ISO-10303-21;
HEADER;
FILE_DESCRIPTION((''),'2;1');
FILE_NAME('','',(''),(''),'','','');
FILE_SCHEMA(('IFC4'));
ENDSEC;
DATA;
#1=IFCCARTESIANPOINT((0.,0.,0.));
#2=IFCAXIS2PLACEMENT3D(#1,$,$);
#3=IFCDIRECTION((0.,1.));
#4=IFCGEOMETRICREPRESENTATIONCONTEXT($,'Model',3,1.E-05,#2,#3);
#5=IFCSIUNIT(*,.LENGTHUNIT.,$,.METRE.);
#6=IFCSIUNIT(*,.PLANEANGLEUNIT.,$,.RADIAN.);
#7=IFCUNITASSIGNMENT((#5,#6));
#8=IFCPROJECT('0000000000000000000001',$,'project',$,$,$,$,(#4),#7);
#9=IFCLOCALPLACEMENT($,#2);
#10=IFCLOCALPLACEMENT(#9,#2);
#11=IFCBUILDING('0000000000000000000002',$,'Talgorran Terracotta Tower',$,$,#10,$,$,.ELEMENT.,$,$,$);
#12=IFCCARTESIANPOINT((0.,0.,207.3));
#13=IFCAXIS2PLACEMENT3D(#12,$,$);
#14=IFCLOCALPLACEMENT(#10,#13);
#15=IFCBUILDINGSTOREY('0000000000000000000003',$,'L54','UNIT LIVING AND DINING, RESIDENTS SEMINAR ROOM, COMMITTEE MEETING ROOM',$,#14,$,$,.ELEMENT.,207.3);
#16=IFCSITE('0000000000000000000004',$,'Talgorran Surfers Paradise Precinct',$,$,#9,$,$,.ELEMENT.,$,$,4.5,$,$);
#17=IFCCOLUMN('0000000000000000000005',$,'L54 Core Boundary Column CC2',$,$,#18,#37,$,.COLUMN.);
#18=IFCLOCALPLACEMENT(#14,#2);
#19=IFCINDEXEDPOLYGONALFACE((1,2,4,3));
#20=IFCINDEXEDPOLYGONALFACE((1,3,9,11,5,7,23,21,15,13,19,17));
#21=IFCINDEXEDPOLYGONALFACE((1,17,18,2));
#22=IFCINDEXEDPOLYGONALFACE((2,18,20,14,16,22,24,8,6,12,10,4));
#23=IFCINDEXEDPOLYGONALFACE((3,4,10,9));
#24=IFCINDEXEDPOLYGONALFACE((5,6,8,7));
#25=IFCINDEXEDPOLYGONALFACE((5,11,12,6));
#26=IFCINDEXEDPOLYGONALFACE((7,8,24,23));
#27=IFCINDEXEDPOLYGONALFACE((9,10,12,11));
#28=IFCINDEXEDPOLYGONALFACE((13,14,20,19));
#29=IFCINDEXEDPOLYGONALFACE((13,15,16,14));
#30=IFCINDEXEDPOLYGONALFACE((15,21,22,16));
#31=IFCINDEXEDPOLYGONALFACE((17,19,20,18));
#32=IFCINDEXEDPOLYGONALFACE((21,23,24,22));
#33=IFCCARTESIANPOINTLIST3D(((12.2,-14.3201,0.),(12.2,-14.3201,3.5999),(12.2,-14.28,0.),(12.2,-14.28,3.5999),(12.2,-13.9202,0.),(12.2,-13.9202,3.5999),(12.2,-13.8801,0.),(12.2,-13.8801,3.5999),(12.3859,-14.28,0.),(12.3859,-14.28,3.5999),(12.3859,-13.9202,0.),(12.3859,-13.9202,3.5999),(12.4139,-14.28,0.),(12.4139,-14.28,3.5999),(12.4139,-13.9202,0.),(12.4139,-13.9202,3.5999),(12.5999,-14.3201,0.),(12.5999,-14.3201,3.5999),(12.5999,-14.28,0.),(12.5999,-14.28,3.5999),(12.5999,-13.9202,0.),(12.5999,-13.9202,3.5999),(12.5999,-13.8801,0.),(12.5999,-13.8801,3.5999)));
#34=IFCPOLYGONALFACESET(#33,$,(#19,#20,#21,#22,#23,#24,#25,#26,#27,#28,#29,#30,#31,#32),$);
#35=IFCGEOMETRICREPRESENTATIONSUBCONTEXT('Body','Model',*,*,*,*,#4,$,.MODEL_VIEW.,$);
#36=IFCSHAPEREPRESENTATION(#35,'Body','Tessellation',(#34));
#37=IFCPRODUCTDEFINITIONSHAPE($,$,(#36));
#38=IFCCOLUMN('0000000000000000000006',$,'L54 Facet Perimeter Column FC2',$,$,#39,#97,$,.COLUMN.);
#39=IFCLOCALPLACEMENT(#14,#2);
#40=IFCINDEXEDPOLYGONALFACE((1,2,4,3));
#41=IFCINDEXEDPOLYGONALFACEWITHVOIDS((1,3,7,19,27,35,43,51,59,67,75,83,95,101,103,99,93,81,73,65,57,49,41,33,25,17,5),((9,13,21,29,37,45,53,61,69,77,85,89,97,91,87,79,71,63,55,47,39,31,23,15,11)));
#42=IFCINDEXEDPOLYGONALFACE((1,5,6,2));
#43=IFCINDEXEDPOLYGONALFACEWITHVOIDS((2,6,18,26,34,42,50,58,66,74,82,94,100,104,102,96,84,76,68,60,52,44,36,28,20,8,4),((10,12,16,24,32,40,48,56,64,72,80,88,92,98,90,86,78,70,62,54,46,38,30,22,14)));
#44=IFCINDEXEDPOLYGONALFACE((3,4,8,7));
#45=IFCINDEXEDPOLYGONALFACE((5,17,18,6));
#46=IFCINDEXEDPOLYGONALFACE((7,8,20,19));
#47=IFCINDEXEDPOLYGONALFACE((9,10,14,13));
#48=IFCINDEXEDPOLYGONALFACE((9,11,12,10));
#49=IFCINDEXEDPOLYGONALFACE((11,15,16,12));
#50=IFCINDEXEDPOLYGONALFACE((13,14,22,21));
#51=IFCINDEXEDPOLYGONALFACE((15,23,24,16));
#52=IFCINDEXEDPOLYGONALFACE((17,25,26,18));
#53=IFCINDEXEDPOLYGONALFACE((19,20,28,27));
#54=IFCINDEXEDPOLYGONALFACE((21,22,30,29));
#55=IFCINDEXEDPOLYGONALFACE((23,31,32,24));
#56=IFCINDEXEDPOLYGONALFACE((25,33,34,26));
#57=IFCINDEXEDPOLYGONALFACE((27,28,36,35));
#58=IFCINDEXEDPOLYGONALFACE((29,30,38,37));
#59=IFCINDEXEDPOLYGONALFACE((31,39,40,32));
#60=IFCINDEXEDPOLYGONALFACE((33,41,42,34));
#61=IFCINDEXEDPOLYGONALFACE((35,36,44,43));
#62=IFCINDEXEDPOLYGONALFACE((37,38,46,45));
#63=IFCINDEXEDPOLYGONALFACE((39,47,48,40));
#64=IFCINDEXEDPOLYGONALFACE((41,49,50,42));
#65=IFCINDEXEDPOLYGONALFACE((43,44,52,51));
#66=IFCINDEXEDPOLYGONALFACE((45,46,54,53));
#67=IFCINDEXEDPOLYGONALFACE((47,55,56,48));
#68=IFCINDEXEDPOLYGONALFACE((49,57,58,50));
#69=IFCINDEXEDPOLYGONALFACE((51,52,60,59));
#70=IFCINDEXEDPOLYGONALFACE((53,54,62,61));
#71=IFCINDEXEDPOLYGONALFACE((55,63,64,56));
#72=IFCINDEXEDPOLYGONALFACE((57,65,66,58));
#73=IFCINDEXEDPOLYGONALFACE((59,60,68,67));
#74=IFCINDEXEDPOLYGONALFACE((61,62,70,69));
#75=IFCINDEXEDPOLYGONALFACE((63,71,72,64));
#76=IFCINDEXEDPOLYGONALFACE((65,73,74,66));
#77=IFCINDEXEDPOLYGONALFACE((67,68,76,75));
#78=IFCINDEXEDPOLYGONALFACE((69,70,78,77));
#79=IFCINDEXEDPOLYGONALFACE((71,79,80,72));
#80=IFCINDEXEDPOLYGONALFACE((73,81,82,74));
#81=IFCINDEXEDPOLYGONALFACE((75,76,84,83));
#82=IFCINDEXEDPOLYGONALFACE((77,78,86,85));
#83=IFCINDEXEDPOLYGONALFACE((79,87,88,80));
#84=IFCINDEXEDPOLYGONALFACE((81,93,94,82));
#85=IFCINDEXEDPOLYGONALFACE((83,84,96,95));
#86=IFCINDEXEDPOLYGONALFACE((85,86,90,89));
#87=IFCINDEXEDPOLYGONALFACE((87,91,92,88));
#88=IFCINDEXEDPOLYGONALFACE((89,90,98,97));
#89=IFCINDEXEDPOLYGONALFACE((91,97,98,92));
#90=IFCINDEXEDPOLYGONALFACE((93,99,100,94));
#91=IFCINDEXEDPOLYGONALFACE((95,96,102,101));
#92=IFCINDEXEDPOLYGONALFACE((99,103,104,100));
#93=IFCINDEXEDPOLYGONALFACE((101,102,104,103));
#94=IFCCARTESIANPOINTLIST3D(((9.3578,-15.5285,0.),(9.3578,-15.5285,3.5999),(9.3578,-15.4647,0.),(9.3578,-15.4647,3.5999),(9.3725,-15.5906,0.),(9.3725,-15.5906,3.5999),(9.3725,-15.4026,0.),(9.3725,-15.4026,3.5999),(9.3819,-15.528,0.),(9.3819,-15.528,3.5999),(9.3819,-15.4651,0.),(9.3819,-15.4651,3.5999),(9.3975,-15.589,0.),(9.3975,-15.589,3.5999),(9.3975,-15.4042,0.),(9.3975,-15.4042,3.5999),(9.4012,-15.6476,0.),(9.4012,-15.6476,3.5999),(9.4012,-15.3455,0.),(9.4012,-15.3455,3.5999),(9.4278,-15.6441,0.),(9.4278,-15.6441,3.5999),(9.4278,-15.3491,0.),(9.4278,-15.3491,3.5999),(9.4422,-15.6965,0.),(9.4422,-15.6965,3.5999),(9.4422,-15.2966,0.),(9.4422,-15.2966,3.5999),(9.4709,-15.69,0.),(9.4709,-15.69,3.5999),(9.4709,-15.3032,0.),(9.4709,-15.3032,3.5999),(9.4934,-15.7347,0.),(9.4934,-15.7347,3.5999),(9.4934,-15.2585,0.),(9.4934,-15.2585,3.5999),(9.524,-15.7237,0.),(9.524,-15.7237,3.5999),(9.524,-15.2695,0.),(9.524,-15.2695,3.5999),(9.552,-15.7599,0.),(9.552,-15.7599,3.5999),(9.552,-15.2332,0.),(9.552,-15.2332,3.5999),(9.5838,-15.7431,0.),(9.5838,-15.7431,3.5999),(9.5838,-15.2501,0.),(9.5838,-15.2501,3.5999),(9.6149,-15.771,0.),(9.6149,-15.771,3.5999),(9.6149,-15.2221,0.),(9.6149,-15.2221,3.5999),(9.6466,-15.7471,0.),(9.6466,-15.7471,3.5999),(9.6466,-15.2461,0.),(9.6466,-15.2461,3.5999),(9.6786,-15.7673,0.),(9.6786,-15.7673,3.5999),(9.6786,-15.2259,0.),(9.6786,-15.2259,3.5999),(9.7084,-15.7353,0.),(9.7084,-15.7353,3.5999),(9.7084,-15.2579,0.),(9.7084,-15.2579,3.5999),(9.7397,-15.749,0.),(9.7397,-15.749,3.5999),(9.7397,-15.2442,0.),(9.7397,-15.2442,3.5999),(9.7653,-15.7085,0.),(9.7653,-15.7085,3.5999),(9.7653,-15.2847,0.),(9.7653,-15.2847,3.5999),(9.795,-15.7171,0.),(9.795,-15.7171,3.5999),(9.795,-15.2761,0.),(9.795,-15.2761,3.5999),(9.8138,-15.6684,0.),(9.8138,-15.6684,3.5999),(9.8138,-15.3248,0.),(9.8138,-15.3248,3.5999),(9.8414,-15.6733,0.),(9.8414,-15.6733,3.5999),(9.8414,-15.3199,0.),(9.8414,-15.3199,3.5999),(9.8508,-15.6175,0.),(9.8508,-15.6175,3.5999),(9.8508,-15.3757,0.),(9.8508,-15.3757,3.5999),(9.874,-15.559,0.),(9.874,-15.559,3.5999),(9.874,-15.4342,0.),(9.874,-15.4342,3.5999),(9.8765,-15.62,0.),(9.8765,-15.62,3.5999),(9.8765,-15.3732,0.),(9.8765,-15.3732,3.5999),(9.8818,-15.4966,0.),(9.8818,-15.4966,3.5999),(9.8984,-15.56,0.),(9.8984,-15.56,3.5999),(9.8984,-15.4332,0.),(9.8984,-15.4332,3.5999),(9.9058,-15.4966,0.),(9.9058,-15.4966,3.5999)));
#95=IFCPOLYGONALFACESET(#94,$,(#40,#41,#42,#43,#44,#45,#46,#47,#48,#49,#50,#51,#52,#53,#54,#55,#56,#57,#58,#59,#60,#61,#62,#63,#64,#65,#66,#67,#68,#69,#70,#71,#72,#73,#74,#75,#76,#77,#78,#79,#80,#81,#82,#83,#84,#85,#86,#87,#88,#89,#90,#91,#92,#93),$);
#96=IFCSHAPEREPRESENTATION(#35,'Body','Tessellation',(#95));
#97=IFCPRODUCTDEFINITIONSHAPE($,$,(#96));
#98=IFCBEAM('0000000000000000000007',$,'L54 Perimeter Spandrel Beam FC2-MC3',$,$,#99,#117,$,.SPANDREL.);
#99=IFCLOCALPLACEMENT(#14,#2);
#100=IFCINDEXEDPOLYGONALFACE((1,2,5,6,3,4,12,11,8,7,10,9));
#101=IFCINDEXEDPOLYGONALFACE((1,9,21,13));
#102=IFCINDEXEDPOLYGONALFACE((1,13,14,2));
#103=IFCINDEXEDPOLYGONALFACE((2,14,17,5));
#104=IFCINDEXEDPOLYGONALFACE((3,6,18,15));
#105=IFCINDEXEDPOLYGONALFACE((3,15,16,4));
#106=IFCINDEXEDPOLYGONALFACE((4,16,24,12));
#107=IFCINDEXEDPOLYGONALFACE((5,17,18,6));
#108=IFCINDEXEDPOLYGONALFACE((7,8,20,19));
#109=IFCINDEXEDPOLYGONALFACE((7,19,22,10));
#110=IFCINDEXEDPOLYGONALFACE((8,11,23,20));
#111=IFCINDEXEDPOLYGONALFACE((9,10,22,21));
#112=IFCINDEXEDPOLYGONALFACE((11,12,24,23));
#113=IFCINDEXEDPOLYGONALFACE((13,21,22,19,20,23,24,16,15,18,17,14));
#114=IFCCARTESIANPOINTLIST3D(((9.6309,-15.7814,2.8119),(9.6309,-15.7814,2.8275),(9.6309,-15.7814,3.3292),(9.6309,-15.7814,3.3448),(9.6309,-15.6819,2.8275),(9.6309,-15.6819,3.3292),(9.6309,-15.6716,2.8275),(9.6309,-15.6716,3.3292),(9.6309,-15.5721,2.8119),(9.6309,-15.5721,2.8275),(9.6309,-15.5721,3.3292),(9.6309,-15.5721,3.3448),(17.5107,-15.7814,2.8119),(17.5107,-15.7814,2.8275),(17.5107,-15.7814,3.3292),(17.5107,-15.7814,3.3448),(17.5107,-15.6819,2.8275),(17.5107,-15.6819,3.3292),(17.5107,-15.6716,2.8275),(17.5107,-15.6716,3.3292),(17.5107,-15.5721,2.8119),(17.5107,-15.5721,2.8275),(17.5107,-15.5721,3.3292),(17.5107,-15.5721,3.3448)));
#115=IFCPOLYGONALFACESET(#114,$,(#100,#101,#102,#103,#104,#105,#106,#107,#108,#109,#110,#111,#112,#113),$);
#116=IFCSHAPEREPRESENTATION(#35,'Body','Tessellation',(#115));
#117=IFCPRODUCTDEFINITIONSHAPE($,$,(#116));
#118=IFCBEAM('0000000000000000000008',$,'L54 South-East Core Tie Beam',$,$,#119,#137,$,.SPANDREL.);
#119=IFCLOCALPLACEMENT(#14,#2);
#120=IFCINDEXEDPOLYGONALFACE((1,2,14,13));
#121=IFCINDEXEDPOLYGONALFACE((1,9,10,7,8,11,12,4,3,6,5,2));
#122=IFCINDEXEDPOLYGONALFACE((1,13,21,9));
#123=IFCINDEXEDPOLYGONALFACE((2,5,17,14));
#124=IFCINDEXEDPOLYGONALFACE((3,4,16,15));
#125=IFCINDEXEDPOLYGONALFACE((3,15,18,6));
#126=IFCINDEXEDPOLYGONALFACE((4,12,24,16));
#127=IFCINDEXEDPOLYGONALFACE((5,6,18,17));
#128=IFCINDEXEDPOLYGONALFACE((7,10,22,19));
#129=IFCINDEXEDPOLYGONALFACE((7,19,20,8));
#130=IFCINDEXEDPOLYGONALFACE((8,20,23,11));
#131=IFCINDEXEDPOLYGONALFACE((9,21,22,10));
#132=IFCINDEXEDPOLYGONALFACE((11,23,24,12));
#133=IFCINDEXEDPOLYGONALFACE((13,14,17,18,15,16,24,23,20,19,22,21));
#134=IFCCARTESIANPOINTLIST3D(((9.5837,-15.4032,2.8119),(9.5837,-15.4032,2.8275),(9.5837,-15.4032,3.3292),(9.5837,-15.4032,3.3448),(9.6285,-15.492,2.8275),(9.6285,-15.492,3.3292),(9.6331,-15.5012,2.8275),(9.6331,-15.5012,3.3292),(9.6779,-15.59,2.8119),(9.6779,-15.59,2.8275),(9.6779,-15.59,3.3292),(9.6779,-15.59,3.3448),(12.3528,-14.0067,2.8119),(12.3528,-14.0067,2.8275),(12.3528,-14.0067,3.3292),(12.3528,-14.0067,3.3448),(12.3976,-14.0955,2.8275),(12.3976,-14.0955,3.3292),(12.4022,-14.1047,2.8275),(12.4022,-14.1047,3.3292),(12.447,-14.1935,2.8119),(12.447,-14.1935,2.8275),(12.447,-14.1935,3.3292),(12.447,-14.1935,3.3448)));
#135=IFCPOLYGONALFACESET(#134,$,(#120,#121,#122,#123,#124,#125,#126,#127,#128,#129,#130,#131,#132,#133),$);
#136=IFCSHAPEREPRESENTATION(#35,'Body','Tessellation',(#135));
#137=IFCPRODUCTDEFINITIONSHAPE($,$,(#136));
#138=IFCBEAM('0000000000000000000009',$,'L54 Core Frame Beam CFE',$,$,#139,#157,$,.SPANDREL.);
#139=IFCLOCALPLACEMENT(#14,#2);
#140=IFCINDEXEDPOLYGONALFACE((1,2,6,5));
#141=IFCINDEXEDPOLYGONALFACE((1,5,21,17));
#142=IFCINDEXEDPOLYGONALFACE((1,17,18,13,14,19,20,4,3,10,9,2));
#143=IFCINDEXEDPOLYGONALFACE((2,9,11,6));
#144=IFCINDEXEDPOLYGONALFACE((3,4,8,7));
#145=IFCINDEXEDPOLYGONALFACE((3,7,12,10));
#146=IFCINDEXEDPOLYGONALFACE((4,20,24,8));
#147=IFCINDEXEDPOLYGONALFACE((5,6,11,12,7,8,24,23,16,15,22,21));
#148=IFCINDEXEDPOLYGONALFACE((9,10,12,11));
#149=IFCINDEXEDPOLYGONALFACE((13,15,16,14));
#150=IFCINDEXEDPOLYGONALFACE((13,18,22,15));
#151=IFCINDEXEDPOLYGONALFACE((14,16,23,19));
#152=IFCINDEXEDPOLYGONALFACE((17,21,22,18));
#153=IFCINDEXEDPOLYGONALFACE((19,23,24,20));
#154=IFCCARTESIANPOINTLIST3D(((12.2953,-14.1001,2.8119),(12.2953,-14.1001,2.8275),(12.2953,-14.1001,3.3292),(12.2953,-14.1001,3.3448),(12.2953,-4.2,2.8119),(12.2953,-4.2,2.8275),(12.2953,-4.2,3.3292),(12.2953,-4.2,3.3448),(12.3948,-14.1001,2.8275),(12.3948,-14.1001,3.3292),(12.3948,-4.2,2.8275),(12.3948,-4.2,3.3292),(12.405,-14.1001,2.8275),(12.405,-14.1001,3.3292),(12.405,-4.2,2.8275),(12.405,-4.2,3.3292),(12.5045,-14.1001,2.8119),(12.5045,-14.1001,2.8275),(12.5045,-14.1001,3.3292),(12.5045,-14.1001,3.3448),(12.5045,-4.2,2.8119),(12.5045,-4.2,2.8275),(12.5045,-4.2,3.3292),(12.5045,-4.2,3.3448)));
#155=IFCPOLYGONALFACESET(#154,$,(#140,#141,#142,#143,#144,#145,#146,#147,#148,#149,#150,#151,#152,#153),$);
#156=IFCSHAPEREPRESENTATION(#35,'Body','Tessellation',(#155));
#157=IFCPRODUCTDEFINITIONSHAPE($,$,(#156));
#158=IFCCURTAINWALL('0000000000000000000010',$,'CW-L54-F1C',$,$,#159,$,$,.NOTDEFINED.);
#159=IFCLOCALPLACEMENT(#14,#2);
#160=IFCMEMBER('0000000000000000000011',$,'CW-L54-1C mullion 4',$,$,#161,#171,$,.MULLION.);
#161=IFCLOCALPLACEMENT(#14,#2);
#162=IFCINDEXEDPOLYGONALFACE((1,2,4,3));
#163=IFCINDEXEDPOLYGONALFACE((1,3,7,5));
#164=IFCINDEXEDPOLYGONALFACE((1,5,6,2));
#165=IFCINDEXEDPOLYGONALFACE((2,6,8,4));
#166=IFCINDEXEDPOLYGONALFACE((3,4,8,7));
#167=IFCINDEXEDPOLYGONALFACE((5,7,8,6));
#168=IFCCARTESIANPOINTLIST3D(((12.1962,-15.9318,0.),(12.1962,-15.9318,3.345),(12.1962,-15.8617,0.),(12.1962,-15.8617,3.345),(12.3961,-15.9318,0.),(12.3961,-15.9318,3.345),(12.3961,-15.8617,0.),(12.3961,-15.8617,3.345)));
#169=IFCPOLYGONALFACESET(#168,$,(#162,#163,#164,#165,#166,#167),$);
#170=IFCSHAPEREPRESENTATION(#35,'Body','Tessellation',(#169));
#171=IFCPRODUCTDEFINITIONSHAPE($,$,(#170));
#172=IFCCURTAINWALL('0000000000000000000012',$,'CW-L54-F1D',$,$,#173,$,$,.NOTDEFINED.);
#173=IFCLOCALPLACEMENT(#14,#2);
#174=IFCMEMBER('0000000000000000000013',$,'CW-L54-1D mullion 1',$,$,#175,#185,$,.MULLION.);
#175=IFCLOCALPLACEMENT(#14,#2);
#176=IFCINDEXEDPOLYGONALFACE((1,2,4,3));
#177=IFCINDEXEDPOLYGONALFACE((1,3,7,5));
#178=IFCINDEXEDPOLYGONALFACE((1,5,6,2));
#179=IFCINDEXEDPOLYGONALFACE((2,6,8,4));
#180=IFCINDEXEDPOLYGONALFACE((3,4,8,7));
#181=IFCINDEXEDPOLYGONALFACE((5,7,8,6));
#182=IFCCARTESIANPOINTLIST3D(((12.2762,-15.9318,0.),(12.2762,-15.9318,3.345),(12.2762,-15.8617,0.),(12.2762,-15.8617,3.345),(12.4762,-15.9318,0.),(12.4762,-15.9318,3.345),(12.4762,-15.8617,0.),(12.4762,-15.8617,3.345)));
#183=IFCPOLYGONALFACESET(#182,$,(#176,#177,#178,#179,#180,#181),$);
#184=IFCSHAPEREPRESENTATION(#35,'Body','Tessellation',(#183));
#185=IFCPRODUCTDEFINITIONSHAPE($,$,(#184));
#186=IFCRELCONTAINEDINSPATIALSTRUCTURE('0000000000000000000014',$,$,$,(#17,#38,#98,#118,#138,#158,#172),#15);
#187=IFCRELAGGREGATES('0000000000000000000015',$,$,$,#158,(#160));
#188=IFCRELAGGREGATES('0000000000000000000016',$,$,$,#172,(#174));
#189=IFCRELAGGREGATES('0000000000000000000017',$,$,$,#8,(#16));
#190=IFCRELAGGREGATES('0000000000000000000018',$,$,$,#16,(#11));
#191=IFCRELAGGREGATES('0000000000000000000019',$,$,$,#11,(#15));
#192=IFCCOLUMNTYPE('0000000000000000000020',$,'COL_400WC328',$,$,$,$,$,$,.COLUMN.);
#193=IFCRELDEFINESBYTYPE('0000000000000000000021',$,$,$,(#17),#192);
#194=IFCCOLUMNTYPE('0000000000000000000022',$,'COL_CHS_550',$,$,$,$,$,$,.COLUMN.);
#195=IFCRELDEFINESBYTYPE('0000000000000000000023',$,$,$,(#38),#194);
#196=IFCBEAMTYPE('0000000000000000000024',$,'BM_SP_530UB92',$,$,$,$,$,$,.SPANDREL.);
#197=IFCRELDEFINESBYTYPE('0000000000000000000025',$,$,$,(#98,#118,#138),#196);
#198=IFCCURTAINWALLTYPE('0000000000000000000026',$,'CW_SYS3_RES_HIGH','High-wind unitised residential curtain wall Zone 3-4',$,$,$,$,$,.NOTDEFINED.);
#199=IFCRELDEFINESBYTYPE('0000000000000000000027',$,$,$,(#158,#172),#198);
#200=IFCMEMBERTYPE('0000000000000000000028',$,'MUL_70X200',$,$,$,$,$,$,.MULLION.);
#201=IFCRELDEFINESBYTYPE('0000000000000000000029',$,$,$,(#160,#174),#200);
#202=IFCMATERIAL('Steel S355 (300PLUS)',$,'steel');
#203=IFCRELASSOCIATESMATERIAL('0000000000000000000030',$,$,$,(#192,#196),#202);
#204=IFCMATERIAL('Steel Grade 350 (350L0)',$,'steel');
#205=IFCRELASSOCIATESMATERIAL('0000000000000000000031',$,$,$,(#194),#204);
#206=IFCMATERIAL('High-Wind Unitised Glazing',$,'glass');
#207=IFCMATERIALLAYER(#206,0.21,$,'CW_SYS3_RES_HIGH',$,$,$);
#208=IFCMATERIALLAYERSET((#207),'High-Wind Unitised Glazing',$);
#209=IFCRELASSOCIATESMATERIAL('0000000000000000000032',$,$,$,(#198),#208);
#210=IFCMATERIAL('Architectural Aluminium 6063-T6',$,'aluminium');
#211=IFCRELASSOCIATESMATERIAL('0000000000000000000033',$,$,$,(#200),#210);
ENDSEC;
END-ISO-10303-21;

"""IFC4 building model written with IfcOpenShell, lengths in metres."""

from ifc_helpers import new_model, si_unit, direction, frame, origin, origin_2d, place, context, subcontext, project, spatial, rectangle, hollow_circle, i_section, extrude, material, layer, layer_set, material_profile, profile_set, type_object, element, aggregate, save


model = new_model("IFC4")

# Units and contexts
model_context = context("Model", 3, precision=1e-05, world=origin(), true_north=direction((0.0, 1.0)))
body_context = subcontext(model_context, "Body", "Model", "MODEL_VIEW")
ifc_project = project(units=[si_unit("LENGTHUNIT", "METRE"), si_unit("PLANEANGLEUNIT", "RADIAN")], contexts=[model_context])

# Site, building, storey
site_placement = place(None, origin())
site = spatial("IfcSite", under=ifc_project, at=site_placement, Name="Talgorran Surfers Paradise Precinct", CompositionType="ELEMENT", RefElevation=4.5)
building_placement = place(site_placement, origin())
building = spatial("IfcBuilding", under=site, at=building_placement, Name="Talgorran Terracotta Tower", CompositionType="ELEMENT")
storey_placement = place(building_placement, frame((0.0, 0.0, 207.3)))
storey = spatial("IfcBuildingStorey", under=building, at=storey_placement, Name="L54", Description="UNIT LIVING AND DINING, RESIDENTS SEMINAR ROOM, COMMITTEE MEETING ROOM", CompositionType="ELEMENT", Elevation=207.3)

# Columns
ifc_material_1 = material(Name="Steel S355 (300PLUS)", Category="steel")
ifc_material_profile_1 = material_profile(ifc_material_1, i_section(OverallWidth=0.3999, OverallDepth=0.4399, WebThickness=0.0281, FlangeThickness=0.04, at=origin_2d()), Name="400WC328")
ifc_profile_set_1 = profile_set([ifc_material_profile_1], Name="Steel S355 (300PLUS)")
column_type_1 = type_object("IfcColumnType", Name="COL_400WC328", PredefinedType="COLUMN", material=ifc_profile_set_1)
column_1_placement = place(storey_placement, frame((12.3999, -14.1001, 0.0), z_axis=(0.0, 0.0, 1.0), x_axis=(1.0, 0.0, 0.0)))
element("IfcColumn", 1, at=column_1_placement, inside=storey, type_object=column_type_1, Name="L54 Core Boundary Column CC2", PredefinedType="COLUMN", context=body_context, shape_type="SweptSolid", body=[
    extrude(i_section(OverallWidth=0.3999, OverallDepth=0.4399, WebThickness=0.0281, FlangeThickness=0.04, at=origin_2d()), origin(), (0.0, 0.0, 1.0), 3.5999),
])
ifc_material_2 = material(Name="Steel Grade 350 (350L0)", Category="steel")
ifc_material_profile_2 = material_profile(ifc_material_2, hollow_circle(Radius=0.2749, WallThickness=0.0239, at=origin_2d()), Name="CHS550X24")
ifc_profile_set_2 = profile_set([ifc_material_profile_2], Name="Steel Grade 350 (350L0)")
column_type_2 = type_object("IfcColumnType", Name="COL_CHS_550", PredefinedType="COLUMN", material=ifc_profile_set_2)
column_2_placement = place(storey_placement, frame((9.6309, -15.4966, 0.0), z_axis=(0.0, 0.0, 1.0), x_axis=(1.0, 0.0, 0.0)))
element("IfcColumn", 2, at=column_2_placement, inside=storey, type_object=column_type_2, Name="L54 Facet Perimeter Column FC2", PredefinedType="COLUMN", context=body_context, shape_type="SweptSolid", body=[
    extrude(hollow_circle(Radius=0.2749, WallThickness=0.0239, at=origin_2d()), origin(), (0.0, 0.0, 1.0), 3.5999),
])

# Beams
ifc_material_profile_3 = material_profile(ifc_material_1, i_section(OverallWidth=0.2092, OverallDepth=0.533, WebThickness=0.0103, FlangeThickness=0.0156, at=origin_2d()), Name="530UB92.4")
ifc_profile_set_3 = profile_set([ifc_material_profile_3], Name="Steel S355 (300PLUS)")
beam_type = type_object("IfcBeamType", Name="BM_SP_530UB92", PredefinedType="SPANDREL", material=ifc_profile_set_3)
beam_1_placement = place(storey_placement, frame((9.6309, -15.6768, 3.0784), z_axis=(1.0, 0.0, 0.0), x_axis=(0.0, 1.0, 0.0)))
element("IfcBeam", 3, at=beam_1_placement, inside=storey, type_object=beam_type, Name="L54 Perimeter Spandrel Beam FC2-MC3", PredefinedType="SPANDREL", context=body_context, shape_type="SweptSolid", body=[
    extrude(i_section(OverallWidth=0.2092, OverallDepth=0.533, WebThickness=0.0103, FlangeThickness=0.0156, at=origin_2d()), origin(), (0.0, 0.0, 1.0), 7.8799),
])
beam_2_placement = place(storey_placement, frame((12.3999, -14.1001, 3.0784), z_axis=(-0.892879, -0.450297, 0.0), x_axis=(0.450297, -0.892879, 0.0)))
element("IfcBeam", 4, at=beam_2_placement, inside=storey, type_object=beam_type, Name="L54 South-East Core Tie Beam", PredefinedType="SPANDREL", context=body_context, shape_type="SweptSolid", body=[
    extrude(i_section(OverallWidth=0.2092, OverallDepth=0.533, WebThickness=0.0103, FlangeThickness=0.0156, at=origin_2d()), origin(), (0.0, 0.0, 1.0), 3.1013),
])
beam_3_placement = place(storey_placement, frame((12.3999, -14.1001, 3.0784), z_axis=(0.0, 1.0, 0.0), x_axis=(-1.0, 0.0, 0.0)))
element("IfcBeam", 5, at=beam_3_placement, inside=storey, type_object=beam_type, Name="L54 Core Frame Beam CFE", PredefinedType="SPANDREL", context=body_context, shape_type="SweptSolid", body=[
    extrude(i_section(OverallWidth=0.2092, OverallDepth=0.533, WebThickness=0.0103, FlangeThickness=0.0156, at=origin_2d()), origin(), (0.0, 0.0, 1.0), 9.9001),
])

# Curtain wall, member
ifc_material_3 = material(Name="High-Wind Unitised Glazing", Category="glass")
ifc_layer_1 = layer(ifc_material_3, 0.21, Name="CW_SYS3_RES_HIGH")
ifc_layer_set_1 = layer_set([ifc_layer_1], Name="High-Wind Unitised Glazing")
curtain_wall_type = type_object("IfcCurtainWallType", Name="CW_SYS3_RES_HIGH", Description="High-wind unitised residential curtain wall Zone 3-4", PredefinedType="NOTDEFINED", material=ifc_layer_set_1)
curtain_wall_1_placement = place(storey_placement, origin())
curtain_wall_1 = element("IfcCurtainWall", 6, at=curtain_wall_1_placement, inside=storey, type_object=curtain_wall_type, Name="CW-L54-F1C", PredefinedType="NOTDEFINED")
ifc_material_4 = material(Name="Architectural Aluminium 6063-T6", Category="aluminium")
ifc_material_profile_4 = material_profile(ifc_material_4, rectangle(XDim=0.0701, YDim=0.2, at=origin_2d()), Name="CWM70X200")
ifc_profile_set_4 = profile_set([ifc_material_profile_4], Name="Architectural Aluminium 6063-T6")
member_type_1 = type_object("IfcMemberType", Name="MUL_70X200", PredefinedType="MULLION", material=ifc_profile_set_4)
member_1_placement = place(storey_placement, frame((12.2961, -15.8967, 0.0), z_axis=(0.0, 0.0, 1.0), x_axis=(0.0, 1.0, 0.0)))
member_1 = element("IfcMember", 7, at=member_1_placement, type_object=member_type_1, Name="CW-L54-1C mullion 4", PredefinedType="MULLION", context=body_context, shape_type="SweptSolid", body=[
    extrude(rectangle(XDim=0.0701, YDim=0.2, at=origin_2d()), origin(), (0.0, 0.0, 1.0), 3.345),
])
aggregate(curtain_wall_1, [member_1])

# Curtain wall, member
curtain_wall_2_placement = place(storey_placement, origin())
curtain_wall_2 = element("IfcCurtainWall", 8, at=curtain_wall_2_placement, inside=storey, type_object=curtain_wall_type, Name="CW-L54-F1D", PredefinedType="NOTDEFINED")
member_2_placement = place(storey_placement, frame((12.3762, -15.8967, 0.0), z_axis=(0.0, 0.0, 1.0), x_axis=(0.0, 1.0, 0.0)))
member_2 = element("IfcMember", 9, at=member_2_placement, type_object=member_type_1, Name="CW-L54-1D mullion 1", PredefinedType="MULLION", context=body_context, shape_type="SweptSolid", body=[
    extrude(rectangle(XDim=0.0701, YDim=0.2, at=origin_2d()), origin(), (0.0, 0.0, 1.0), 3.345),
])
aggregate(curtain_wall_2, [member_2])

save(model, "model.ifc")
